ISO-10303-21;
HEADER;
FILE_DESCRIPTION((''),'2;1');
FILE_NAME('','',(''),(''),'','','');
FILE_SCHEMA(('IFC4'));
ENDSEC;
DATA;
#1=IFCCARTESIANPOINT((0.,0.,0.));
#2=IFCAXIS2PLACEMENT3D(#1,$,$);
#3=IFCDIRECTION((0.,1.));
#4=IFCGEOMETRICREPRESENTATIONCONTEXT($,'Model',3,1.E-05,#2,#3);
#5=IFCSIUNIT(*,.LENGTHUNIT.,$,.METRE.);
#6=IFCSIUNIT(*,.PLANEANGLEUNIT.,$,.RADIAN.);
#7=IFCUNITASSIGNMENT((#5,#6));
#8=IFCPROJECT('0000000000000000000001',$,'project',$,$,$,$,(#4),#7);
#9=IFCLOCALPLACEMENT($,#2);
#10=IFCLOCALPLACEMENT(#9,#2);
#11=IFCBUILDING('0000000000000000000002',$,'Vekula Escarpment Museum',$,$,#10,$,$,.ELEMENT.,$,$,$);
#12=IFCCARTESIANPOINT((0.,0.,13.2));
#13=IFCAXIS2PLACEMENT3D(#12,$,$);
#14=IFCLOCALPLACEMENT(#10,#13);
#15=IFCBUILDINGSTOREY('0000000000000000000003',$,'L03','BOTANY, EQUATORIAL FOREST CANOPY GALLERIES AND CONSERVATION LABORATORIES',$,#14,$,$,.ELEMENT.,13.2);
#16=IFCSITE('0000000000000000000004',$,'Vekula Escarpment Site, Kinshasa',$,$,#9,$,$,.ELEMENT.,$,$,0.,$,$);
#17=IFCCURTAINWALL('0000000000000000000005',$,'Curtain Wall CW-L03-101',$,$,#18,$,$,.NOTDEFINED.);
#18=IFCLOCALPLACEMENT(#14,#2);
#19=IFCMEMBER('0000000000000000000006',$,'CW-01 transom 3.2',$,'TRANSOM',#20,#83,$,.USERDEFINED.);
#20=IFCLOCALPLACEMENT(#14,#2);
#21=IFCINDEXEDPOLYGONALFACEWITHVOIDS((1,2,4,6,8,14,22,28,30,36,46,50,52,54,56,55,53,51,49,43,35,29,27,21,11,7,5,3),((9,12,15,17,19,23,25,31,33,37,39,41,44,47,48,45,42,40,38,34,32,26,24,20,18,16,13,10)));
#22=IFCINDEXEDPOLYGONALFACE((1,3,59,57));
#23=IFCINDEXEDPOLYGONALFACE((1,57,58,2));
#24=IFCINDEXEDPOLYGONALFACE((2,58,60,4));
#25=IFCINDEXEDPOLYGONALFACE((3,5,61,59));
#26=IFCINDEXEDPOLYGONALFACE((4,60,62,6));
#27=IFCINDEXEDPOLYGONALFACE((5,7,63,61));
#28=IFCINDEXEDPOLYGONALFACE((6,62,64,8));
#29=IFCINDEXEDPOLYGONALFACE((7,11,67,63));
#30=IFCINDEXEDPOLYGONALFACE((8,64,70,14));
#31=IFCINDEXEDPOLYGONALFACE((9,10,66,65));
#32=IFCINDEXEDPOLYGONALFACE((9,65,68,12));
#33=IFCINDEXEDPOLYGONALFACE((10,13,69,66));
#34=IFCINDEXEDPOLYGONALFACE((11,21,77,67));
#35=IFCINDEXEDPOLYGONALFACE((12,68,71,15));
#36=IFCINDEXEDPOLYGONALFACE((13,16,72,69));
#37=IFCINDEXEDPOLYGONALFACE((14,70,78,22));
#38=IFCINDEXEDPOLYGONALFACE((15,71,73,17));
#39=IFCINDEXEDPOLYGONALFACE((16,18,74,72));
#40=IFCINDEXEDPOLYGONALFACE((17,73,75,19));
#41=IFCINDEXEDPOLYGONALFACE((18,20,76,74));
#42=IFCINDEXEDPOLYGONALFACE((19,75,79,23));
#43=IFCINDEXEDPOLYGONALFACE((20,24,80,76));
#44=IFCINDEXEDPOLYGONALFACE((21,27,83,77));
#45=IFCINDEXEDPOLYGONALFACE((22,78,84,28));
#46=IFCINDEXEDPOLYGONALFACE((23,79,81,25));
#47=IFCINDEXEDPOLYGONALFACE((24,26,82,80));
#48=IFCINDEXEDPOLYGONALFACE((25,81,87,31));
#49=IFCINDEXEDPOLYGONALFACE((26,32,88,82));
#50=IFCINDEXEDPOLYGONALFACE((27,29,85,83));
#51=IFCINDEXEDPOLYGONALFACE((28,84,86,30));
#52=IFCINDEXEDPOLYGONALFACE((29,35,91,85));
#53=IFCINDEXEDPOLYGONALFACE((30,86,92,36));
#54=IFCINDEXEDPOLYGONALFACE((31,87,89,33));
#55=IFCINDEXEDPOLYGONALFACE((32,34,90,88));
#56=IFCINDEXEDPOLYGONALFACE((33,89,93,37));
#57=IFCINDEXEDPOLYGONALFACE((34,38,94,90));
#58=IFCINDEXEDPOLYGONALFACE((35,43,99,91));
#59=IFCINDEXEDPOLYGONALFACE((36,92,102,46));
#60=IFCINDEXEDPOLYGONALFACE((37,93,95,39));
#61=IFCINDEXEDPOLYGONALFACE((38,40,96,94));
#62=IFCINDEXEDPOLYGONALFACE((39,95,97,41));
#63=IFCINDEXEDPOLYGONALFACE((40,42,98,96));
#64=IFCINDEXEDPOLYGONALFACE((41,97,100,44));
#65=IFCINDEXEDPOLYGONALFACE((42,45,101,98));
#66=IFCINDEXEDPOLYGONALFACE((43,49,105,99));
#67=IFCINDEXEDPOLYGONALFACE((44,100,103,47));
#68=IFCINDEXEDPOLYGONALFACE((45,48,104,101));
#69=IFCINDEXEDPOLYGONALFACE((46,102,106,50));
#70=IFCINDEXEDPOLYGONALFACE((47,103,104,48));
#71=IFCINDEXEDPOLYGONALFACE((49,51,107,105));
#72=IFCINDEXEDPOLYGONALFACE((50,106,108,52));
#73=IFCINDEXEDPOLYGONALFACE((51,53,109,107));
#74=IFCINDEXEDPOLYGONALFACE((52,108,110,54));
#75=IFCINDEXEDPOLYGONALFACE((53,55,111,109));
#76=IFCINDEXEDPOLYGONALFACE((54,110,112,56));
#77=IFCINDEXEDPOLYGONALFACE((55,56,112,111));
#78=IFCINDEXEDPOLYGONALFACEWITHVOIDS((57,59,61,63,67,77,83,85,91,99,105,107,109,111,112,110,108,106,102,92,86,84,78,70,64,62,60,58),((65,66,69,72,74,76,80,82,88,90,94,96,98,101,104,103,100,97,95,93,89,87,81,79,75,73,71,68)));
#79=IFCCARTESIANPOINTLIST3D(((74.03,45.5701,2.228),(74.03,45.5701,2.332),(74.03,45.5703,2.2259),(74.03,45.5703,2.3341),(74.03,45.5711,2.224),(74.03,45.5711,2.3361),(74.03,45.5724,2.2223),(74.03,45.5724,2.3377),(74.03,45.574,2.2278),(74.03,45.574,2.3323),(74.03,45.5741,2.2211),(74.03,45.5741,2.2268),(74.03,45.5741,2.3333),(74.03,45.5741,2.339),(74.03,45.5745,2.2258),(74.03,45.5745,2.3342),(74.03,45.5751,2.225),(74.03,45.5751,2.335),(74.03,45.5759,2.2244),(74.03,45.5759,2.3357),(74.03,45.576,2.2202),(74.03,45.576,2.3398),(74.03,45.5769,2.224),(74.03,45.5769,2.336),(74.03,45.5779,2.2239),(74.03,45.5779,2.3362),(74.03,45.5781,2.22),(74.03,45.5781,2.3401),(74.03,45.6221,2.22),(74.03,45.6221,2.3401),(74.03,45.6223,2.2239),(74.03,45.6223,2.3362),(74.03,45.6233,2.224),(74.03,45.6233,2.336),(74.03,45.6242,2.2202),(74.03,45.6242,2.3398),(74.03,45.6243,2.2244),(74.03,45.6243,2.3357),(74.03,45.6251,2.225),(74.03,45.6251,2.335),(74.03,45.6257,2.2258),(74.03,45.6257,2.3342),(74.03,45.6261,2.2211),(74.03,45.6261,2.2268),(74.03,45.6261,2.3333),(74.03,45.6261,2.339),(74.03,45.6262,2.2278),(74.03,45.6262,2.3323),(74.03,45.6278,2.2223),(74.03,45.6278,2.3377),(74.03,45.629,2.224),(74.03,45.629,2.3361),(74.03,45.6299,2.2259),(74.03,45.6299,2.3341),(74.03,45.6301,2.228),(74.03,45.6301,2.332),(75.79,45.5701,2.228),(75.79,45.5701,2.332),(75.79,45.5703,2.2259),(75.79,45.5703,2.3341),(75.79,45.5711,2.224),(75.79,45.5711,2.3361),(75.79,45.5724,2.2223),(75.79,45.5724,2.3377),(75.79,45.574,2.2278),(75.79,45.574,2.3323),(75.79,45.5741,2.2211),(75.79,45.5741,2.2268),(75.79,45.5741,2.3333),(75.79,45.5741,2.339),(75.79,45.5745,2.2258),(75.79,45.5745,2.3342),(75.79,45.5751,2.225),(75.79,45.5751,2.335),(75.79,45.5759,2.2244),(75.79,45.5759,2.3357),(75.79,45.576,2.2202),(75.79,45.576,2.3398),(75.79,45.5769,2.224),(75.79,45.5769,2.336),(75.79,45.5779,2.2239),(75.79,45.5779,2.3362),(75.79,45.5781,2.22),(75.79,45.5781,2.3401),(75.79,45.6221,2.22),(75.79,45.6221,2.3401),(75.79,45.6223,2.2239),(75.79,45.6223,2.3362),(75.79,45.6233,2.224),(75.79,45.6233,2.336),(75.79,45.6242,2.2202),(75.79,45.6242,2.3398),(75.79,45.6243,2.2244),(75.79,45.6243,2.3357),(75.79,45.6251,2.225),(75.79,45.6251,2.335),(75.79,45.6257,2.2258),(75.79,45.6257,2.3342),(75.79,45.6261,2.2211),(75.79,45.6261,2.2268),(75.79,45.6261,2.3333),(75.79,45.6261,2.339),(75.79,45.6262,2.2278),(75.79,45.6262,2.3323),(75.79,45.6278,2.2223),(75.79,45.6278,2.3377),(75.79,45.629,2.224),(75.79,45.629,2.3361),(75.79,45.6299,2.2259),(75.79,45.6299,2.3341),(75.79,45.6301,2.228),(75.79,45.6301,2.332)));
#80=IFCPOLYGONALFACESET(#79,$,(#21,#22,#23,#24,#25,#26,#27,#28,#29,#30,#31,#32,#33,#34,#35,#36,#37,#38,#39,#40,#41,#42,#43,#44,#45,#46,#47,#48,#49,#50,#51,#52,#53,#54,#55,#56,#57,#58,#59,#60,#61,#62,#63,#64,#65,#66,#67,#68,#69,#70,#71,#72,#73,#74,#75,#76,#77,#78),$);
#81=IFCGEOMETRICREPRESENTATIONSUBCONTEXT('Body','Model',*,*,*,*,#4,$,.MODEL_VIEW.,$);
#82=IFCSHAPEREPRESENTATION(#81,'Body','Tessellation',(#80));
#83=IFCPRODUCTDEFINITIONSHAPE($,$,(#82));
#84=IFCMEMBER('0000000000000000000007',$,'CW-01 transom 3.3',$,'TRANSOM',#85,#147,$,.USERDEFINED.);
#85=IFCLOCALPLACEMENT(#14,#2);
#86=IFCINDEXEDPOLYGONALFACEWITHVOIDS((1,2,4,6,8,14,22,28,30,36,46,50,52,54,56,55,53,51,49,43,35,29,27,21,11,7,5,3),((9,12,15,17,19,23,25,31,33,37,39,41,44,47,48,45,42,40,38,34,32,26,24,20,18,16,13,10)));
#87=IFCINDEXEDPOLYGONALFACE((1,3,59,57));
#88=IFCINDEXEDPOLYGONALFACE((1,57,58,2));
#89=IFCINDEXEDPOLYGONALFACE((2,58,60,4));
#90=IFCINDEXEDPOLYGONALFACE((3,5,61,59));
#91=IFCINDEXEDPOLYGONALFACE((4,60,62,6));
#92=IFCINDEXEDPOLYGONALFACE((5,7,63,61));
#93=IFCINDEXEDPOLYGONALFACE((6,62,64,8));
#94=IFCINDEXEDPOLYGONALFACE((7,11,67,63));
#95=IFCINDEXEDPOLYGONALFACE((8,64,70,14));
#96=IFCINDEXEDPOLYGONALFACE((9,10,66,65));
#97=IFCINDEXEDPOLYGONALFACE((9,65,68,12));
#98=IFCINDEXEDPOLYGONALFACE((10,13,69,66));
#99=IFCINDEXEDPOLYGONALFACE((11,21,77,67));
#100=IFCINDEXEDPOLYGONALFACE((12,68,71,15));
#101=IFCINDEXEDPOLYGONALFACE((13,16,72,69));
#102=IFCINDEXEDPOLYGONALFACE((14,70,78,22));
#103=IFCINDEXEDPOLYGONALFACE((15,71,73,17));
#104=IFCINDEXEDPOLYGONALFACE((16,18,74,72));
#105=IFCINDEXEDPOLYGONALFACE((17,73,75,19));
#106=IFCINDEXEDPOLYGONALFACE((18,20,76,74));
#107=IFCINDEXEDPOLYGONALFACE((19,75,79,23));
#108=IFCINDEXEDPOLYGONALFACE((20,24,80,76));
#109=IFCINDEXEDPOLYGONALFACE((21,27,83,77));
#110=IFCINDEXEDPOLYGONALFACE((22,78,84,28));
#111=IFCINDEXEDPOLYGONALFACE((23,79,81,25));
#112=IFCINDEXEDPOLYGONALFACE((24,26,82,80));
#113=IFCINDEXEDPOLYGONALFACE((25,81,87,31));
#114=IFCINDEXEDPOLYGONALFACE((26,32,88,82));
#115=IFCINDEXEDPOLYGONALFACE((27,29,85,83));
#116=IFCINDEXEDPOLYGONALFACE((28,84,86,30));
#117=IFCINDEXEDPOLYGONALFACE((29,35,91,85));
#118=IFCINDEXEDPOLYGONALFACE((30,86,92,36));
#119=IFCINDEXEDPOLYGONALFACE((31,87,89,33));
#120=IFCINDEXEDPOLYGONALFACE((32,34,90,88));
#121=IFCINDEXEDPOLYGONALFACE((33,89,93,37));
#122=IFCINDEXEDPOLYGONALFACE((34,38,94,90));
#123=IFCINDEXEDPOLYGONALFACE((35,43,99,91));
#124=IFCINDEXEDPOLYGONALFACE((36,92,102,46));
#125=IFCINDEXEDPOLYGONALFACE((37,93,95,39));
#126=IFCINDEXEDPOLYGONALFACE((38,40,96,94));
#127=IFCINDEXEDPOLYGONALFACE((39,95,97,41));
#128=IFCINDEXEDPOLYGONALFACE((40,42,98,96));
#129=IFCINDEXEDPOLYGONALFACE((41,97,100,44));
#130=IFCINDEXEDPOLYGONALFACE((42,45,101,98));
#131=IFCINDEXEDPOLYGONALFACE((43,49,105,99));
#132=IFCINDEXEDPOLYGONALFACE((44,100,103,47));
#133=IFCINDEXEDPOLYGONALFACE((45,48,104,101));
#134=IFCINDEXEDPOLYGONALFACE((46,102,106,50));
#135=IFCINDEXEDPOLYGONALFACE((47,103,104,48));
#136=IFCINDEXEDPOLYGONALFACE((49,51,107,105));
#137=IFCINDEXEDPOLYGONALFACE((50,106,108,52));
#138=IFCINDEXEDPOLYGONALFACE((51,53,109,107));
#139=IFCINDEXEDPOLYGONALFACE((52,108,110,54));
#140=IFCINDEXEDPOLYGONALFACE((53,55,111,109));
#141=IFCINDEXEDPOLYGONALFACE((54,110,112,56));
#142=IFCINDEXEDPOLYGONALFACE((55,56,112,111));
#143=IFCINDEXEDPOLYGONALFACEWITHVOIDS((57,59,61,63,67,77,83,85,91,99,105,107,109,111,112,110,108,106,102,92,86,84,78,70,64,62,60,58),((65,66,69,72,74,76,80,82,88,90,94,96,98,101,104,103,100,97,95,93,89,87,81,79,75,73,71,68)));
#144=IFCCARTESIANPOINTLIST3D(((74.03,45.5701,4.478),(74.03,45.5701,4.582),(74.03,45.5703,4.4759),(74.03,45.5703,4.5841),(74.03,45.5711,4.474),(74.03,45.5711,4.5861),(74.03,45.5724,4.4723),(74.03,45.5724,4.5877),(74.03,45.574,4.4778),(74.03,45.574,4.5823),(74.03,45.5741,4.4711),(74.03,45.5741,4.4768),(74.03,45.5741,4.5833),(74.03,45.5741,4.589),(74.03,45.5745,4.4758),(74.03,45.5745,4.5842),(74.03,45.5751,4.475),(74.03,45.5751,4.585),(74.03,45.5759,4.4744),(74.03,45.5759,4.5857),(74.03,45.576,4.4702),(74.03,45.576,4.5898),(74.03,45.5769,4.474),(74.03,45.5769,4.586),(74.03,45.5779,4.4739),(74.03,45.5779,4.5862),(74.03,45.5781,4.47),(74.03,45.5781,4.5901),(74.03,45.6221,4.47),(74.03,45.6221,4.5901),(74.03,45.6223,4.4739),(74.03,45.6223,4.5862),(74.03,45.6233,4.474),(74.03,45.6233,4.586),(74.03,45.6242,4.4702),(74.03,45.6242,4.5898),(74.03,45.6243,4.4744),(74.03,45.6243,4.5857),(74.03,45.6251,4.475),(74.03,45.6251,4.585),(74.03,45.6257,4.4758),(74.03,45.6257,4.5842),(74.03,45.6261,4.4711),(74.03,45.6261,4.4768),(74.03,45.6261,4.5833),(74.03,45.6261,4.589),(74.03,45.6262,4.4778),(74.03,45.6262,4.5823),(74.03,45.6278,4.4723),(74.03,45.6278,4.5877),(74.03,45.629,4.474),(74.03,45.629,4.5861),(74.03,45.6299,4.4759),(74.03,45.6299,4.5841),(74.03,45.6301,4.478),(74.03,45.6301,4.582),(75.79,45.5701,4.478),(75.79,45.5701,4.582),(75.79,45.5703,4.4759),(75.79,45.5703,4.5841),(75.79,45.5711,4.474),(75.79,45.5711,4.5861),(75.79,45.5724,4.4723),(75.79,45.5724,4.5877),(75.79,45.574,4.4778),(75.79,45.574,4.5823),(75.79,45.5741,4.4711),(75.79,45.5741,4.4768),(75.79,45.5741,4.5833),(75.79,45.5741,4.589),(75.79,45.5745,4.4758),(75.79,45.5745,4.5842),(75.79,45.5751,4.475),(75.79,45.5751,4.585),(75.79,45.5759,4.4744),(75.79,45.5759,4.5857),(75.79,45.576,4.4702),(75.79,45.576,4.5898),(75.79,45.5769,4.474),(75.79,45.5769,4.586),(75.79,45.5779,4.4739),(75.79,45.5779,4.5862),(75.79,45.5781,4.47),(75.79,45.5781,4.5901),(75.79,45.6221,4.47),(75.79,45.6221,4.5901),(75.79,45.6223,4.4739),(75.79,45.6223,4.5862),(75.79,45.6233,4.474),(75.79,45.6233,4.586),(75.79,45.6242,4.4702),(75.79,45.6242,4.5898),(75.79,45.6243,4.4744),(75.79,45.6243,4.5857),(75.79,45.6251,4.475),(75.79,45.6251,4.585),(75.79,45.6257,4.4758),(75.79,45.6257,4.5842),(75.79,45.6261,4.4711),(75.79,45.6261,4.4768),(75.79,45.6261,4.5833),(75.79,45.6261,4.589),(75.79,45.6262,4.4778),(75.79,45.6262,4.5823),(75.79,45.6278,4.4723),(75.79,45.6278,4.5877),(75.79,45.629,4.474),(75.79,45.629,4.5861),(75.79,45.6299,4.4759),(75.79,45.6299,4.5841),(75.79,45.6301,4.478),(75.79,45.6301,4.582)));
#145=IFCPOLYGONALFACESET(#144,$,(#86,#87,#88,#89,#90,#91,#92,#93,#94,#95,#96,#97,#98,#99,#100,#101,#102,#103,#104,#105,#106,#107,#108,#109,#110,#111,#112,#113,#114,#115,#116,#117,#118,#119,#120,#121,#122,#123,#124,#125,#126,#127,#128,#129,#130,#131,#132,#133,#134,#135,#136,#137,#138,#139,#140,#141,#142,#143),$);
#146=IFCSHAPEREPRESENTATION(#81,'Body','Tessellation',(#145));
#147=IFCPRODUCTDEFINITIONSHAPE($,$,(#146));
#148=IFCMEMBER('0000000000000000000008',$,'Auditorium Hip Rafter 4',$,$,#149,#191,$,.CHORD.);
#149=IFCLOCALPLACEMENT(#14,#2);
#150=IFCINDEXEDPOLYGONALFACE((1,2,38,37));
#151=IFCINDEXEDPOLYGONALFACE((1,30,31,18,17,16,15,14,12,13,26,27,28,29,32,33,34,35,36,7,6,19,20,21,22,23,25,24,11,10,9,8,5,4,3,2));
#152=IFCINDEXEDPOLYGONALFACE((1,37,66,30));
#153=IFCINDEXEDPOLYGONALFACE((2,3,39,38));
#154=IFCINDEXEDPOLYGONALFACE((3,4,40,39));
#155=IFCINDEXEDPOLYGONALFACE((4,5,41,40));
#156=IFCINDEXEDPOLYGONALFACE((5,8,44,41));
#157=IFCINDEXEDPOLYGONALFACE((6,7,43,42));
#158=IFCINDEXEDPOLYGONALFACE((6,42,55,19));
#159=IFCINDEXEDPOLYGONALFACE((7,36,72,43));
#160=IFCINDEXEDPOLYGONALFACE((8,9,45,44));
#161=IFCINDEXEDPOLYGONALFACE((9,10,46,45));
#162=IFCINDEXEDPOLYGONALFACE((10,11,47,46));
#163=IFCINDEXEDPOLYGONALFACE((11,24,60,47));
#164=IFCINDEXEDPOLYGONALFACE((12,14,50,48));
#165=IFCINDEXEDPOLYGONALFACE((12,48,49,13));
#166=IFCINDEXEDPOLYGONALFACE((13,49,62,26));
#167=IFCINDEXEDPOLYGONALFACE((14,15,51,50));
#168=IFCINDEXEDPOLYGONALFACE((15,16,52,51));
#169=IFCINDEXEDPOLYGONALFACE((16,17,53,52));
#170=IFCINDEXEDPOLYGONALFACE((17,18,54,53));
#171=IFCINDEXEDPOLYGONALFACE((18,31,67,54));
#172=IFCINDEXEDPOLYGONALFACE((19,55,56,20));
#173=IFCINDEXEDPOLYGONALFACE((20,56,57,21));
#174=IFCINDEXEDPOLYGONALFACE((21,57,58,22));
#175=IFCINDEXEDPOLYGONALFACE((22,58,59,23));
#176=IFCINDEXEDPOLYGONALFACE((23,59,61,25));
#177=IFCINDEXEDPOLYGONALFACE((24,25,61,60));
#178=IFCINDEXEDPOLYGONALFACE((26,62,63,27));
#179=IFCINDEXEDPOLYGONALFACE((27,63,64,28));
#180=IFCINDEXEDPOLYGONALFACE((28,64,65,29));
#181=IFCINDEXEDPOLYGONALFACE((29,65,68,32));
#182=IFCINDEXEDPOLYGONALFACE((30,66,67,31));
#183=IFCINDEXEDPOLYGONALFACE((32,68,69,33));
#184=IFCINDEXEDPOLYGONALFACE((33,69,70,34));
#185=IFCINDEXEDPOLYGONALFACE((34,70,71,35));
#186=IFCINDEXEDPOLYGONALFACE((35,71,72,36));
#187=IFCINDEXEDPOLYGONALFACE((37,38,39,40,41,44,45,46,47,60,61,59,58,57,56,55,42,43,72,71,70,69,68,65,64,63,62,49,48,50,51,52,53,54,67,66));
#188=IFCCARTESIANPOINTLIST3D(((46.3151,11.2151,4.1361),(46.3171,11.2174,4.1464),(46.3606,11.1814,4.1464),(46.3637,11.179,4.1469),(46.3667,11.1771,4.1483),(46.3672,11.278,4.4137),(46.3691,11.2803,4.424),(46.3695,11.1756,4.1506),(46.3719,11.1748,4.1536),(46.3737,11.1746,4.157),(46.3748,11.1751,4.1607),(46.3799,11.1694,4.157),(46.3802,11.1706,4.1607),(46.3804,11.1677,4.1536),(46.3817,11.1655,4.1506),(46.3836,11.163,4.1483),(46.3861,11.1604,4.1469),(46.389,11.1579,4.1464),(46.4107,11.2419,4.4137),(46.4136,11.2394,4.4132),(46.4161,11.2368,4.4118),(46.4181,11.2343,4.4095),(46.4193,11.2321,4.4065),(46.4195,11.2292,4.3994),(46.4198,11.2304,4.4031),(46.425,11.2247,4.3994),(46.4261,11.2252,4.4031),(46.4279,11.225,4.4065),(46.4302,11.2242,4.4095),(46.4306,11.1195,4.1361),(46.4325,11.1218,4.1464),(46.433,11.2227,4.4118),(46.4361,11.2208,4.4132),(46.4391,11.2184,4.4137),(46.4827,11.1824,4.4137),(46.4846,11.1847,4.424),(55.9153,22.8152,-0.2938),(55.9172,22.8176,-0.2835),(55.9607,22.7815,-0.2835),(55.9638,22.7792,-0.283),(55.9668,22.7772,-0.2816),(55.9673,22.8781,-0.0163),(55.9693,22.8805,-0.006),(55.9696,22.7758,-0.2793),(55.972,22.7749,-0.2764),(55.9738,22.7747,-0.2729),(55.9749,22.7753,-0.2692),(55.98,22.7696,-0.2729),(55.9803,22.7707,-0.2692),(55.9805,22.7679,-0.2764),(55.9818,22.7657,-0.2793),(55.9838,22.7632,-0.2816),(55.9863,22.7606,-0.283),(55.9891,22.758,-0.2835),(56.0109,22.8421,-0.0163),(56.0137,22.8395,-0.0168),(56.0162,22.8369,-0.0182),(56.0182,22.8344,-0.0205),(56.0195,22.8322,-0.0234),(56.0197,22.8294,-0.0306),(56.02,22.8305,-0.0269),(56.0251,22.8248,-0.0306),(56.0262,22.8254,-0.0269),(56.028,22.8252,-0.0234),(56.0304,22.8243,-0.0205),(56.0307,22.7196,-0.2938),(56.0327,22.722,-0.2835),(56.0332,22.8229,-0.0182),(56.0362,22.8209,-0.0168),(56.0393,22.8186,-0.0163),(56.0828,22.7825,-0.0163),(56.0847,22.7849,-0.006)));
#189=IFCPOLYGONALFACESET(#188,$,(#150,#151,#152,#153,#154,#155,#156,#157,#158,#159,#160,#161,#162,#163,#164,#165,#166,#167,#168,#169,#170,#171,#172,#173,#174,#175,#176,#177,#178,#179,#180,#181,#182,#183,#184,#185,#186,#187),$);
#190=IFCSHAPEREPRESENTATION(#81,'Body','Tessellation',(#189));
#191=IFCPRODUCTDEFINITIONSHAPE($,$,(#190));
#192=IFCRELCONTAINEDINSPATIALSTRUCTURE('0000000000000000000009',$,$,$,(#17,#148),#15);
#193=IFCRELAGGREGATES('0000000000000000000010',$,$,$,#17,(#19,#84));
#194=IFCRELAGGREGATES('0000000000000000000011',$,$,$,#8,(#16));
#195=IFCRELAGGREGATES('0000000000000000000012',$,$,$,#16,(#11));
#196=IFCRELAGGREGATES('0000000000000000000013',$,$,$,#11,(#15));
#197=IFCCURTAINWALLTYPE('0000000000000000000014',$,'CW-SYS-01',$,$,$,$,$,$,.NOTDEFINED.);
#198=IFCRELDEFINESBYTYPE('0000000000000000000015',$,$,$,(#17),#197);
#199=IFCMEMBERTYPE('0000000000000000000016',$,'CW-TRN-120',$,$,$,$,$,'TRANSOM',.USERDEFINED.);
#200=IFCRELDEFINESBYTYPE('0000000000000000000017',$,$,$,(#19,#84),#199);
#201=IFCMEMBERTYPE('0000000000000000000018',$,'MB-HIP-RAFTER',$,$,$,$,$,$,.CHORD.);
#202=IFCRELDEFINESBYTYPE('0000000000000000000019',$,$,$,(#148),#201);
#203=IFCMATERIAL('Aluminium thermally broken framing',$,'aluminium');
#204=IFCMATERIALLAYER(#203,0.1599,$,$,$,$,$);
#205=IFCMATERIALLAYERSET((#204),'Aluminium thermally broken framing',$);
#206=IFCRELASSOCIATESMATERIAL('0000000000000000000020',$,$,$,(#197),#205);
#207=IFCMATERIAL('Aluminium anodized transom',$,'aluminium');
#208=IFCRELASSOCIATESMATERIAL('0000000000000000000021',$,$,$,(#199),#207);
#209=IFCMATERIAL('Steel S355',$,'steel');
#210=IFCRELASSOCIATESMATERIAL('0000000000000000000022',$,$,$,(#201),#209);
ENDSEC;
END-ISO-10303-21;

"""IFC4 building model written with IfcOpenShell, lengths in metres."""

from ifc_helpers import new_model, si_unit, direction, frame, origin, origin_2d, place, context, subcontext, project, spatial, hollow_rectangle, i_section, extrude, material, layer, layer_set, material_profile, profile_set, type_object, element, aggregate, save


model = new_model("IFC4")

# Units and contexts
model_context = context("Model", 3, precision=1e-05, world=origin(), true_north=direction((0.0, 1.0)))
body_context = subcontext(model_context, "Body", "Model", "MODEL_VIEW")
ifc_project = project(units=[si_unit("LENGTHUNIT", "METRE"), si_unit("PLANEANGLEUNIT", "RADIAN")], contexts=[model_context])

# Site, building, storey
site_placement = place(None, origin())
site = spatial("IfcSite", under=ifc_project, at=site_placement, Name="Vekula Escarpment Site, Kinshasa", CompositionType="ELEMENT", RefElevation=0.0)
building_placement = place(site_placement, origin())
building = spatial("IfcBuilding", under=site, at=building_placement, Name="Vekula Escarpment Museum", CompositionType="ELEMENT")
storey_placement = place(building_placement, frame((0.0, 0.0, 13.2)))
storey = spatial("IfcBuildingStorey", under=building, at=storey_placement, Name="L03", Description="BOTANY, EQUATORIAL FOREST CANOPY GALLERIES AND CONSERVATION LABORATORIES", CompositionType="ELEMENT", Elevation=13.2)

# Curtain wall, members
ifc_material_1 = material(Name="Aluminium thermally broken framing", Category="aluminium")
ifc_layer_1 = layer(ifc_material_1, 0.1599)
ifc_layer_set_1 = layer_set([ifc_layer_1], Name="Aluminium thermally broken framing")
curtain_wall_type = type_object("IfcCurtainWallType", Name="CW-SYS-01", PredefinedType="NOTDEFINED", material=ifc_layer_set_1)
curtain_wall_placement = place(storey_placement, origin())
curtain_wall = element("IfcCurtainWall", 1, at=curtain_wall_placement, inside=storey, type_object=curtain_wall_type, Name="Curtain Wall CW-L03-101", PredefinedType="NOTDEFINED")
ifc_material_2 = material(Name="Aluminium anodized transom", Category="aluminium")
ifc_material_profile_1 = material_profile(ifc_material_2, hollow_rectangle(XDim=0.0601, YDim=0.1201, WallThickness=0.0039, InnerFilletRadius=0.0039, OuterFilletRadius=0.0081, at=origin_2d()), Name="ALU 120x60x4")
ifc_profile_set_1 = profile_set([ifc_material_profile_1], Name="Aluminium anodized transom")
member_type_1 = type_object("IfcMemberType", Name="CW-TRN-120", ElementType="TRANSOM", PredefinedType="USERDEFINED", material=ifc_profile_set_1)
member_1_placement = place(storey_placement, frame((74.03, 45.6001, 2.28), z_axis=(1.0, 0.0, 0.0), x_axis=(0.0, 1.0, 0.0)))
member_1 = element("IfcMember", 2, at=member_1_placement, type_object=member_type_1, Name="CW-01 transom 3.2", ObjectType="TRANSOM", PredefinedType="USERDEFINED", context=body_context, shape_type="SweptSolid", body=[
    extrude(hollow_rectangle(XDim=0.0601, YDim=0.1201, WallThickness=0.0039, InnerFilletRadius=0.0039, OuterFilletRadius=0.0081, at=origin_2d()), origin(), (0.0, 0.0, 1.0), 1.76),
])
member_2_placement = place(storey_placement, frame((74.03, 45.6001, 4.53), z_axis=(1.0, 0.0, 0.0), x_axis=(0.0, 1.0, 0.0)))
member_2 = element("IfcMember", 3, at=member_2_placement, type_object=member_type_1, Name="CW-01 transom 3.3", ObjectType="TRANSOM", PredefinedType="USERDEFINED", context=body_context, shape_type="SweptSolid", body=[
    extrude(hollow_rectangle(XDim=0.0601, YDim=0.1201, WallThickness=0.0039, InnerFilletRadius=0.0039, OuterFilletRadius=0.0081, at=origin_2d()), origin(), (0.0, 0.0, 1.0), 1.76),
])

# Member
ifc_material_3 = material(Name="Steel S355", Category="steel")
ifc_material_profile_2 = material_profile(ifc_material_3, i_section(OverallWidth=0.1499, OverallDepth=0.3, WebThickness=0.0071, FlangeThickness=0.0107, FilletRadius=0.0149, at=origin_2d()), Name="IPE 300")
ifc_profile_set_2 = profile_set([ifc_material_profile_2], Name="Steel S355")
member_type_2 = type_object("IfcMemberType", Name="MB-HIP-RAFTER", PredefinedType="CHORD", material=ifc_profile_set_2)
member_3_placement = place(storey_placement, frame((56.0, 22.8, -0.1499), z_axis=(-0.611647, -0.739072, 0.282242), x_axis=(0.770394, -0.637568, 0.0)))
element("IfcMember", 4, at=member_3_placement, inside=storey, type_object=member_type_2, Name="Auditorium Hip Rafter 4", PredefinedType="CHORD", context=body_context, shape_type="SweptSolid", body=[
    extrude(i_section(OverallWidth=0.1499, OverallDepth=0.3, WebThickness=0.0071, FlangeThickness=0.0107, FilletRadius=0.0149, at=origin_2d()), origin(), (0.0, 0.0, 1.0), 15.6956),
])

aggregate(curtain_wall, [member_1, member_2])

save(model, "model.ifc")
